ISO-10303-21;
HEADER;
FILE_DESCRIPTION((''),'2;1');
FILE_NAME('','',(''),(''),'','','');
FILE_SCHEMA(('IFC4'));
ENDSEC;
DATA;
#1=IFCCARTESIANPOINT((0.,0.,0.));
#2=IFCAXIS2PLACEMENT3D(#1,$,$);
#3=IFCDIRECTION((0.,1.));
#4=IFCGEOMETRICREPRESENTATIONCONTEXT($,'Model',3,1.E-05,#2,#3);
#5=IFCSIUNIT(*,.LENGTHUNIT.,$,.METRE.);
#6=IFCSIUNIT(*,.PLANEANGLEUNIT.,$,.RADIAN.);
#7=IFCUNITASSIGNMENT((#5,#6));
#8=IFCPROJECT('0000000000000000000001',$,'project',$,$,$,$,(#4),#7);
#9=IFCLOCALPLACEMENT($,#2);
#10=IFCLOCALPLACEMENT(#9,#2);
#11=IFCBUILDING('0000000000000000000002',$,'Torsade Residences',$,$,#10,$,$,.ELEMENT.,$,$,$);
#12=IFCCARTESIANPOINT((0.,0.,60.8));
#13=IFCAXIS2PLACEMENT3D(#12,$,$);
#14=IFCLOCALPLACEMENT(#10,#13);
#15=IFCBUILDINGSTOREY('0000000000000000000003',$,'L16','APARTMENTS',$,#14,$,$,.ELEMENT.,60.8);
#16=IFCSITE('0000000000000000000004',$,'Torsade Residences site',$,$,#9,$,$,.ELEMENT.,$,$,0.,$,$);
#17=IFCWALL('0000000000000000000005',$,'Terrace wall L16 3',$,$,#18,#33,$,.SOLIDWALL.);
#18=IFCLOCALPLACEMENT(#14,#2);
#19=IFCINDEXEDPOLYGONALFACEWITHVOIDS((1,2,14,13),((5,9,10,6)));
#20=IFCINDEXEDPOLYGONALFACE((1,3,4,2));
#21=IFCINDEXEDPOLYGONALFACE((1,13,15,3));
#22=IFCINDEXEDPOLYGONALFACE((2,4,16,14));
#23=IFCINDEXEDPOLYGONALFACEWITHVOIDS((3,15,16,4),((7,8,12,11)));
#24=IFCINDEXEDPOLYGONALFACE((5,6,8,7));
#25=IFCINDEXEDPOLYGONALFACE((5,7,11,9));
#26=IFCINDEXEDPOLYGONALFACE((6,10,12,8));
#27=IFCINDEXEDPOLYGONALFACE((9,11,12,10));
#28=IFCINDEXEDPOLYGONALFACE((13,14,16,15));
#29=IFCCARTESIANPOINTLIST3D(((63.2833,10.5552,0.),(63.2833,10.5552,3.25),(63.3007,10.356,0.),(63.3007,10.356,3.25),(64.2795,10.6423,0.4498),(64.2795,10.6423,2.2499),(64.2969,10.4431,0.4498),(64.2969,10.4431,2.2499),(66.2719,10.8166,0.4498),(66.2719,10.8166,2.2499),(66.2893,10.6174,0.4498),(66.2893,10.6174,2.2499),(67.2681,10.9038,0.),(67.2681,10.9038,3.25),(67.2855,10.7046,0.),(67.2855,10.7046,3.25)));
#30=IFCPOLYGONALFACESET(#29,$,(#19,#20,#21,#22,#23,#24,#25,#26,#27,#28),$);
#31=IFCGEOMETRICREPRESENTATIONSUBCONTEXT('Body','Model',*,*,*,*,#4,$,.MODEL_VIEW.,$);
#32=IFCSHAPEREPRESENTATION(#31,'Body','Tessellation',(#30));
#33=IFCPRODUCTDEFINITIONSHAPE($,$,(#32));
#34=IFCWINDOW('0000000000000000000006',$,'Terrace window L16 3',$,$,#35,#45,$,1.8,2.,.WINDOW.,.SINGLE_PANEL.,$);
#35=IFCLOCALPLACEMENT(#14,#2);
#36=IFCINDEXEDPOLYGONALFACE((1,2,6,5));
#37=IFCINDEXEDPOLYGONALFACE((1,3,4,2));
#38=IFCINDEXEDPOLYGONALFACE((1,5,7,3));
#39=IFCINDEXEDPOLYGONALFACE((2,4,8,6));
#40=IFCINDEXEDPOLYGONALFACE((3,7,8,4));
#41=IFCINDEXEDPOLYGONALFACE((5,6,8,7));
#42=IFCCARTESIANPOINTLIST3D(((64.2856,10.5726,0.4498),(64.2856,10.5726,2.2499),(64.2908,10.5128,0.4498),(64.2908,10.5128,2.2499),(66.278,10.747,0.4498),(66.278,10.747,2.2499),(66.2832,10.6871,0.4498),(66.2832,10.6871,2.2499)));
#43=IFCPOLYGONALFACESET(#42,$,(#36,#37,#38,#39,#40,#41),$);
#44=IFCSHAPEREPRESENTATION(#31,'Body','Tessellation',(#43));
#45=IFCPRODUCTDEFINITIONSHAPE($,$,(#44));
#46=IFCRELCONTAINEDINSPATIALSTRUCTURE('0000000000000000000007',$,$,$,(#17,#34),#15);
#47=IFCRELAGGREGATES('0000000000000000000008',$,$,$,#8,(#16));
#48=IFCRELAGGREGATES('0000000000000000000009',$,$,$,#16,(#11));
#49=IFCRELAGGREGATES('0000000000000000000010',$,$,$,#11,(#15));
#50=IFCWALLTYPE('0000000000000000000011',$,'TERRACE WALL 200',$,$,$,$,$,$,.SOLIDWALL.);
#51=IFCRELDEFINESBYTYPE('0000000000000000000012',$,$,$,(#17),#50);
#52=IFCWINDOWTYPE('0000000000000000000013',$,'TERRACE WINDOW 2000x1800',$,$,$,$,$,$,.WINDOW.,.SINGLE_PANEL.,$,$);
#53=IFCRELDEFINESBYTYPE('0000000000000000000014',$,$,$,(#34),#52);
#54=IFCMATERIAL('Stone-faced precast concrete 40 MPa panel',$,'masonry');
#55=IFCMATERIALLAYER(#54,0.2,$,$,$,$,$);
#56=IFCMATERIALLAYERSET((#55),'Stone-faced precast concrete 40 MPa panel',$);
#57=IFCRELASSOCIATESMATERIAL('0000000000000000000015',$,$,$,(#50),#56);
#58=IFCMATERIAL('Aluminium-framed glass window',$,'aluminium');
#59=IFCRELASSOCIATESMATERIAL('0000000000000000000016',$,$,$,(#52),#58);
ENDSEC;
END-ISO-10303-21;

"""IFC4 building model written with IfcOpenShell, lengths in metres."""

from ifc_helpers import new_model, si_unit, direction, frame, frame_2d, origin, place, context, subcontext, project, spatial, rectangle, extrude, material, layer, layer_set, type_object, element, fill, save


model = new_model("IFC4")

# Units and contexts
model_context = context("Model", 3, precision=1e-05, world=origin(), true_north=direction((0.0, 1.0)))
body_context = subcontext(model_context, "Body", "Model", "MODEL_VIEW")
ifc_project = project(units=[si_unit("LENGTHUNIT", "METRE"), si_unit("PLANEANGLEUNIT", "RADIAN")], contexts=[model_context])

# Site, building, storey
site_placement = place(None, origin())
site = spatial("IfcSite", under=ifc_project, at=site_placement, Name="Torsade Residences site", CompositionType="ELEMENT", RefElevation=0.0)
building_placement = place(site_placement, origin())
building = spatial("IfcBuilding", under=site, at=building_placement, Name="Torsade Residences", CompositionType="ELEMENT")
storey_placement = place(building_placement, frame((0.0, 0.0, 60.8)))
storey = spatial("IfcBuildingStorey", under=building, at=storey_placement, Name="L16", Description="APARTMENTS", CompositionType="ELEMENT", Elevation=60.8)

# Shared definitions
ifc_material_1 = material(Name="Stone-faced precast concrete 40 MPa panel", Category="masonry")
ifc_layer_1 = layer(ifc_material_1, 0.2)
ifc_layer_set_1 = layer_set([ifc_layer_1], Name="Stone-faced precast concrete 40 MPa panel")
wall_type_1 = type_object("IfcWallType", Name="TERRACE WALL 200", PredefinedType="SOLIDWALL", material=ifc_layer_set_1)

# Wall, opening, window
wall_1_placement = place(storey_placement, frame((63.292, 10.4556, 0.0), z_axis=(0.0, 0.0, 1.0), x_axis=(0.996195, 0.087156, 0.0)))
wall_1 = element("IfcWall", 1, at=wall_1_placement, inside=storey, type_object=wall_type_1, Name="Terrace wall L16 3", PredefinedType="SOLIDWALL", context=body_context, shape_type="SweptSolid", body=[
    extrude(rectangle(XDim=4.0, YDim=0.2, at=frame_2d((2.0, 0.0))), origin(), (0.0, 0.0, 1.0), 3.25),
])
opening_1_placement = place(wall_1_placement, frame((1.0, 0.0, 0.45)))
opening_1 = element("IfcOpeningElement", 2, at=opening_1_placement, cuts=wall_1, PredefinedType="OPENING", context=body_context, shape_type="SweptSolid", body=[
    extrude(rectangle(XDim=2.0, YDim=1.8, at=frame_2d((1.0, 0.8999))), frame((0.0, 0.1099, 0.0), z_axis=(0.0, -1.0, 0.0), x_axis=(1.0, 0.0, 0.0)), (0.0, 0.0, 1.0), 0.22),
])
ifc_material_2 = material(Name="Aluminium-framed glass window", Category="aluminium")
window_type = type_object("IfcWindowType", Name="TERRACE WINDOW 2000x1800", PartitioningType="SINGLE_PANEL", PredefinedType="WINDOW", material=ifc_material_2)
window_placement = place(opening_1_placement, origin())
window = element("IfcWindow", 3, at=window_placement, inside=storey, type_object=window_type, Name="Terrace window L16 3", OverallHeight=1.8, OverallWidth=2.0, PartitioningType="SINGLE_PANEL", PredefinedType="WINDOW", context=body_context, shape_type="SweptSolid", body=[
    extrude(rectangle(XDim=2.0, YDim=1.8, at=frame_2d((1.0, 0.8999))), frame((0.0, 0.03, 0.0), z_axis=(0.0, -1.0, 0.0), x_axis=(1.0, 0.0, 0.0)), (0.0, 0.0, 1.0), 0.0601),
])
fill(opening_1, window)

save(model, "model.ifc")
